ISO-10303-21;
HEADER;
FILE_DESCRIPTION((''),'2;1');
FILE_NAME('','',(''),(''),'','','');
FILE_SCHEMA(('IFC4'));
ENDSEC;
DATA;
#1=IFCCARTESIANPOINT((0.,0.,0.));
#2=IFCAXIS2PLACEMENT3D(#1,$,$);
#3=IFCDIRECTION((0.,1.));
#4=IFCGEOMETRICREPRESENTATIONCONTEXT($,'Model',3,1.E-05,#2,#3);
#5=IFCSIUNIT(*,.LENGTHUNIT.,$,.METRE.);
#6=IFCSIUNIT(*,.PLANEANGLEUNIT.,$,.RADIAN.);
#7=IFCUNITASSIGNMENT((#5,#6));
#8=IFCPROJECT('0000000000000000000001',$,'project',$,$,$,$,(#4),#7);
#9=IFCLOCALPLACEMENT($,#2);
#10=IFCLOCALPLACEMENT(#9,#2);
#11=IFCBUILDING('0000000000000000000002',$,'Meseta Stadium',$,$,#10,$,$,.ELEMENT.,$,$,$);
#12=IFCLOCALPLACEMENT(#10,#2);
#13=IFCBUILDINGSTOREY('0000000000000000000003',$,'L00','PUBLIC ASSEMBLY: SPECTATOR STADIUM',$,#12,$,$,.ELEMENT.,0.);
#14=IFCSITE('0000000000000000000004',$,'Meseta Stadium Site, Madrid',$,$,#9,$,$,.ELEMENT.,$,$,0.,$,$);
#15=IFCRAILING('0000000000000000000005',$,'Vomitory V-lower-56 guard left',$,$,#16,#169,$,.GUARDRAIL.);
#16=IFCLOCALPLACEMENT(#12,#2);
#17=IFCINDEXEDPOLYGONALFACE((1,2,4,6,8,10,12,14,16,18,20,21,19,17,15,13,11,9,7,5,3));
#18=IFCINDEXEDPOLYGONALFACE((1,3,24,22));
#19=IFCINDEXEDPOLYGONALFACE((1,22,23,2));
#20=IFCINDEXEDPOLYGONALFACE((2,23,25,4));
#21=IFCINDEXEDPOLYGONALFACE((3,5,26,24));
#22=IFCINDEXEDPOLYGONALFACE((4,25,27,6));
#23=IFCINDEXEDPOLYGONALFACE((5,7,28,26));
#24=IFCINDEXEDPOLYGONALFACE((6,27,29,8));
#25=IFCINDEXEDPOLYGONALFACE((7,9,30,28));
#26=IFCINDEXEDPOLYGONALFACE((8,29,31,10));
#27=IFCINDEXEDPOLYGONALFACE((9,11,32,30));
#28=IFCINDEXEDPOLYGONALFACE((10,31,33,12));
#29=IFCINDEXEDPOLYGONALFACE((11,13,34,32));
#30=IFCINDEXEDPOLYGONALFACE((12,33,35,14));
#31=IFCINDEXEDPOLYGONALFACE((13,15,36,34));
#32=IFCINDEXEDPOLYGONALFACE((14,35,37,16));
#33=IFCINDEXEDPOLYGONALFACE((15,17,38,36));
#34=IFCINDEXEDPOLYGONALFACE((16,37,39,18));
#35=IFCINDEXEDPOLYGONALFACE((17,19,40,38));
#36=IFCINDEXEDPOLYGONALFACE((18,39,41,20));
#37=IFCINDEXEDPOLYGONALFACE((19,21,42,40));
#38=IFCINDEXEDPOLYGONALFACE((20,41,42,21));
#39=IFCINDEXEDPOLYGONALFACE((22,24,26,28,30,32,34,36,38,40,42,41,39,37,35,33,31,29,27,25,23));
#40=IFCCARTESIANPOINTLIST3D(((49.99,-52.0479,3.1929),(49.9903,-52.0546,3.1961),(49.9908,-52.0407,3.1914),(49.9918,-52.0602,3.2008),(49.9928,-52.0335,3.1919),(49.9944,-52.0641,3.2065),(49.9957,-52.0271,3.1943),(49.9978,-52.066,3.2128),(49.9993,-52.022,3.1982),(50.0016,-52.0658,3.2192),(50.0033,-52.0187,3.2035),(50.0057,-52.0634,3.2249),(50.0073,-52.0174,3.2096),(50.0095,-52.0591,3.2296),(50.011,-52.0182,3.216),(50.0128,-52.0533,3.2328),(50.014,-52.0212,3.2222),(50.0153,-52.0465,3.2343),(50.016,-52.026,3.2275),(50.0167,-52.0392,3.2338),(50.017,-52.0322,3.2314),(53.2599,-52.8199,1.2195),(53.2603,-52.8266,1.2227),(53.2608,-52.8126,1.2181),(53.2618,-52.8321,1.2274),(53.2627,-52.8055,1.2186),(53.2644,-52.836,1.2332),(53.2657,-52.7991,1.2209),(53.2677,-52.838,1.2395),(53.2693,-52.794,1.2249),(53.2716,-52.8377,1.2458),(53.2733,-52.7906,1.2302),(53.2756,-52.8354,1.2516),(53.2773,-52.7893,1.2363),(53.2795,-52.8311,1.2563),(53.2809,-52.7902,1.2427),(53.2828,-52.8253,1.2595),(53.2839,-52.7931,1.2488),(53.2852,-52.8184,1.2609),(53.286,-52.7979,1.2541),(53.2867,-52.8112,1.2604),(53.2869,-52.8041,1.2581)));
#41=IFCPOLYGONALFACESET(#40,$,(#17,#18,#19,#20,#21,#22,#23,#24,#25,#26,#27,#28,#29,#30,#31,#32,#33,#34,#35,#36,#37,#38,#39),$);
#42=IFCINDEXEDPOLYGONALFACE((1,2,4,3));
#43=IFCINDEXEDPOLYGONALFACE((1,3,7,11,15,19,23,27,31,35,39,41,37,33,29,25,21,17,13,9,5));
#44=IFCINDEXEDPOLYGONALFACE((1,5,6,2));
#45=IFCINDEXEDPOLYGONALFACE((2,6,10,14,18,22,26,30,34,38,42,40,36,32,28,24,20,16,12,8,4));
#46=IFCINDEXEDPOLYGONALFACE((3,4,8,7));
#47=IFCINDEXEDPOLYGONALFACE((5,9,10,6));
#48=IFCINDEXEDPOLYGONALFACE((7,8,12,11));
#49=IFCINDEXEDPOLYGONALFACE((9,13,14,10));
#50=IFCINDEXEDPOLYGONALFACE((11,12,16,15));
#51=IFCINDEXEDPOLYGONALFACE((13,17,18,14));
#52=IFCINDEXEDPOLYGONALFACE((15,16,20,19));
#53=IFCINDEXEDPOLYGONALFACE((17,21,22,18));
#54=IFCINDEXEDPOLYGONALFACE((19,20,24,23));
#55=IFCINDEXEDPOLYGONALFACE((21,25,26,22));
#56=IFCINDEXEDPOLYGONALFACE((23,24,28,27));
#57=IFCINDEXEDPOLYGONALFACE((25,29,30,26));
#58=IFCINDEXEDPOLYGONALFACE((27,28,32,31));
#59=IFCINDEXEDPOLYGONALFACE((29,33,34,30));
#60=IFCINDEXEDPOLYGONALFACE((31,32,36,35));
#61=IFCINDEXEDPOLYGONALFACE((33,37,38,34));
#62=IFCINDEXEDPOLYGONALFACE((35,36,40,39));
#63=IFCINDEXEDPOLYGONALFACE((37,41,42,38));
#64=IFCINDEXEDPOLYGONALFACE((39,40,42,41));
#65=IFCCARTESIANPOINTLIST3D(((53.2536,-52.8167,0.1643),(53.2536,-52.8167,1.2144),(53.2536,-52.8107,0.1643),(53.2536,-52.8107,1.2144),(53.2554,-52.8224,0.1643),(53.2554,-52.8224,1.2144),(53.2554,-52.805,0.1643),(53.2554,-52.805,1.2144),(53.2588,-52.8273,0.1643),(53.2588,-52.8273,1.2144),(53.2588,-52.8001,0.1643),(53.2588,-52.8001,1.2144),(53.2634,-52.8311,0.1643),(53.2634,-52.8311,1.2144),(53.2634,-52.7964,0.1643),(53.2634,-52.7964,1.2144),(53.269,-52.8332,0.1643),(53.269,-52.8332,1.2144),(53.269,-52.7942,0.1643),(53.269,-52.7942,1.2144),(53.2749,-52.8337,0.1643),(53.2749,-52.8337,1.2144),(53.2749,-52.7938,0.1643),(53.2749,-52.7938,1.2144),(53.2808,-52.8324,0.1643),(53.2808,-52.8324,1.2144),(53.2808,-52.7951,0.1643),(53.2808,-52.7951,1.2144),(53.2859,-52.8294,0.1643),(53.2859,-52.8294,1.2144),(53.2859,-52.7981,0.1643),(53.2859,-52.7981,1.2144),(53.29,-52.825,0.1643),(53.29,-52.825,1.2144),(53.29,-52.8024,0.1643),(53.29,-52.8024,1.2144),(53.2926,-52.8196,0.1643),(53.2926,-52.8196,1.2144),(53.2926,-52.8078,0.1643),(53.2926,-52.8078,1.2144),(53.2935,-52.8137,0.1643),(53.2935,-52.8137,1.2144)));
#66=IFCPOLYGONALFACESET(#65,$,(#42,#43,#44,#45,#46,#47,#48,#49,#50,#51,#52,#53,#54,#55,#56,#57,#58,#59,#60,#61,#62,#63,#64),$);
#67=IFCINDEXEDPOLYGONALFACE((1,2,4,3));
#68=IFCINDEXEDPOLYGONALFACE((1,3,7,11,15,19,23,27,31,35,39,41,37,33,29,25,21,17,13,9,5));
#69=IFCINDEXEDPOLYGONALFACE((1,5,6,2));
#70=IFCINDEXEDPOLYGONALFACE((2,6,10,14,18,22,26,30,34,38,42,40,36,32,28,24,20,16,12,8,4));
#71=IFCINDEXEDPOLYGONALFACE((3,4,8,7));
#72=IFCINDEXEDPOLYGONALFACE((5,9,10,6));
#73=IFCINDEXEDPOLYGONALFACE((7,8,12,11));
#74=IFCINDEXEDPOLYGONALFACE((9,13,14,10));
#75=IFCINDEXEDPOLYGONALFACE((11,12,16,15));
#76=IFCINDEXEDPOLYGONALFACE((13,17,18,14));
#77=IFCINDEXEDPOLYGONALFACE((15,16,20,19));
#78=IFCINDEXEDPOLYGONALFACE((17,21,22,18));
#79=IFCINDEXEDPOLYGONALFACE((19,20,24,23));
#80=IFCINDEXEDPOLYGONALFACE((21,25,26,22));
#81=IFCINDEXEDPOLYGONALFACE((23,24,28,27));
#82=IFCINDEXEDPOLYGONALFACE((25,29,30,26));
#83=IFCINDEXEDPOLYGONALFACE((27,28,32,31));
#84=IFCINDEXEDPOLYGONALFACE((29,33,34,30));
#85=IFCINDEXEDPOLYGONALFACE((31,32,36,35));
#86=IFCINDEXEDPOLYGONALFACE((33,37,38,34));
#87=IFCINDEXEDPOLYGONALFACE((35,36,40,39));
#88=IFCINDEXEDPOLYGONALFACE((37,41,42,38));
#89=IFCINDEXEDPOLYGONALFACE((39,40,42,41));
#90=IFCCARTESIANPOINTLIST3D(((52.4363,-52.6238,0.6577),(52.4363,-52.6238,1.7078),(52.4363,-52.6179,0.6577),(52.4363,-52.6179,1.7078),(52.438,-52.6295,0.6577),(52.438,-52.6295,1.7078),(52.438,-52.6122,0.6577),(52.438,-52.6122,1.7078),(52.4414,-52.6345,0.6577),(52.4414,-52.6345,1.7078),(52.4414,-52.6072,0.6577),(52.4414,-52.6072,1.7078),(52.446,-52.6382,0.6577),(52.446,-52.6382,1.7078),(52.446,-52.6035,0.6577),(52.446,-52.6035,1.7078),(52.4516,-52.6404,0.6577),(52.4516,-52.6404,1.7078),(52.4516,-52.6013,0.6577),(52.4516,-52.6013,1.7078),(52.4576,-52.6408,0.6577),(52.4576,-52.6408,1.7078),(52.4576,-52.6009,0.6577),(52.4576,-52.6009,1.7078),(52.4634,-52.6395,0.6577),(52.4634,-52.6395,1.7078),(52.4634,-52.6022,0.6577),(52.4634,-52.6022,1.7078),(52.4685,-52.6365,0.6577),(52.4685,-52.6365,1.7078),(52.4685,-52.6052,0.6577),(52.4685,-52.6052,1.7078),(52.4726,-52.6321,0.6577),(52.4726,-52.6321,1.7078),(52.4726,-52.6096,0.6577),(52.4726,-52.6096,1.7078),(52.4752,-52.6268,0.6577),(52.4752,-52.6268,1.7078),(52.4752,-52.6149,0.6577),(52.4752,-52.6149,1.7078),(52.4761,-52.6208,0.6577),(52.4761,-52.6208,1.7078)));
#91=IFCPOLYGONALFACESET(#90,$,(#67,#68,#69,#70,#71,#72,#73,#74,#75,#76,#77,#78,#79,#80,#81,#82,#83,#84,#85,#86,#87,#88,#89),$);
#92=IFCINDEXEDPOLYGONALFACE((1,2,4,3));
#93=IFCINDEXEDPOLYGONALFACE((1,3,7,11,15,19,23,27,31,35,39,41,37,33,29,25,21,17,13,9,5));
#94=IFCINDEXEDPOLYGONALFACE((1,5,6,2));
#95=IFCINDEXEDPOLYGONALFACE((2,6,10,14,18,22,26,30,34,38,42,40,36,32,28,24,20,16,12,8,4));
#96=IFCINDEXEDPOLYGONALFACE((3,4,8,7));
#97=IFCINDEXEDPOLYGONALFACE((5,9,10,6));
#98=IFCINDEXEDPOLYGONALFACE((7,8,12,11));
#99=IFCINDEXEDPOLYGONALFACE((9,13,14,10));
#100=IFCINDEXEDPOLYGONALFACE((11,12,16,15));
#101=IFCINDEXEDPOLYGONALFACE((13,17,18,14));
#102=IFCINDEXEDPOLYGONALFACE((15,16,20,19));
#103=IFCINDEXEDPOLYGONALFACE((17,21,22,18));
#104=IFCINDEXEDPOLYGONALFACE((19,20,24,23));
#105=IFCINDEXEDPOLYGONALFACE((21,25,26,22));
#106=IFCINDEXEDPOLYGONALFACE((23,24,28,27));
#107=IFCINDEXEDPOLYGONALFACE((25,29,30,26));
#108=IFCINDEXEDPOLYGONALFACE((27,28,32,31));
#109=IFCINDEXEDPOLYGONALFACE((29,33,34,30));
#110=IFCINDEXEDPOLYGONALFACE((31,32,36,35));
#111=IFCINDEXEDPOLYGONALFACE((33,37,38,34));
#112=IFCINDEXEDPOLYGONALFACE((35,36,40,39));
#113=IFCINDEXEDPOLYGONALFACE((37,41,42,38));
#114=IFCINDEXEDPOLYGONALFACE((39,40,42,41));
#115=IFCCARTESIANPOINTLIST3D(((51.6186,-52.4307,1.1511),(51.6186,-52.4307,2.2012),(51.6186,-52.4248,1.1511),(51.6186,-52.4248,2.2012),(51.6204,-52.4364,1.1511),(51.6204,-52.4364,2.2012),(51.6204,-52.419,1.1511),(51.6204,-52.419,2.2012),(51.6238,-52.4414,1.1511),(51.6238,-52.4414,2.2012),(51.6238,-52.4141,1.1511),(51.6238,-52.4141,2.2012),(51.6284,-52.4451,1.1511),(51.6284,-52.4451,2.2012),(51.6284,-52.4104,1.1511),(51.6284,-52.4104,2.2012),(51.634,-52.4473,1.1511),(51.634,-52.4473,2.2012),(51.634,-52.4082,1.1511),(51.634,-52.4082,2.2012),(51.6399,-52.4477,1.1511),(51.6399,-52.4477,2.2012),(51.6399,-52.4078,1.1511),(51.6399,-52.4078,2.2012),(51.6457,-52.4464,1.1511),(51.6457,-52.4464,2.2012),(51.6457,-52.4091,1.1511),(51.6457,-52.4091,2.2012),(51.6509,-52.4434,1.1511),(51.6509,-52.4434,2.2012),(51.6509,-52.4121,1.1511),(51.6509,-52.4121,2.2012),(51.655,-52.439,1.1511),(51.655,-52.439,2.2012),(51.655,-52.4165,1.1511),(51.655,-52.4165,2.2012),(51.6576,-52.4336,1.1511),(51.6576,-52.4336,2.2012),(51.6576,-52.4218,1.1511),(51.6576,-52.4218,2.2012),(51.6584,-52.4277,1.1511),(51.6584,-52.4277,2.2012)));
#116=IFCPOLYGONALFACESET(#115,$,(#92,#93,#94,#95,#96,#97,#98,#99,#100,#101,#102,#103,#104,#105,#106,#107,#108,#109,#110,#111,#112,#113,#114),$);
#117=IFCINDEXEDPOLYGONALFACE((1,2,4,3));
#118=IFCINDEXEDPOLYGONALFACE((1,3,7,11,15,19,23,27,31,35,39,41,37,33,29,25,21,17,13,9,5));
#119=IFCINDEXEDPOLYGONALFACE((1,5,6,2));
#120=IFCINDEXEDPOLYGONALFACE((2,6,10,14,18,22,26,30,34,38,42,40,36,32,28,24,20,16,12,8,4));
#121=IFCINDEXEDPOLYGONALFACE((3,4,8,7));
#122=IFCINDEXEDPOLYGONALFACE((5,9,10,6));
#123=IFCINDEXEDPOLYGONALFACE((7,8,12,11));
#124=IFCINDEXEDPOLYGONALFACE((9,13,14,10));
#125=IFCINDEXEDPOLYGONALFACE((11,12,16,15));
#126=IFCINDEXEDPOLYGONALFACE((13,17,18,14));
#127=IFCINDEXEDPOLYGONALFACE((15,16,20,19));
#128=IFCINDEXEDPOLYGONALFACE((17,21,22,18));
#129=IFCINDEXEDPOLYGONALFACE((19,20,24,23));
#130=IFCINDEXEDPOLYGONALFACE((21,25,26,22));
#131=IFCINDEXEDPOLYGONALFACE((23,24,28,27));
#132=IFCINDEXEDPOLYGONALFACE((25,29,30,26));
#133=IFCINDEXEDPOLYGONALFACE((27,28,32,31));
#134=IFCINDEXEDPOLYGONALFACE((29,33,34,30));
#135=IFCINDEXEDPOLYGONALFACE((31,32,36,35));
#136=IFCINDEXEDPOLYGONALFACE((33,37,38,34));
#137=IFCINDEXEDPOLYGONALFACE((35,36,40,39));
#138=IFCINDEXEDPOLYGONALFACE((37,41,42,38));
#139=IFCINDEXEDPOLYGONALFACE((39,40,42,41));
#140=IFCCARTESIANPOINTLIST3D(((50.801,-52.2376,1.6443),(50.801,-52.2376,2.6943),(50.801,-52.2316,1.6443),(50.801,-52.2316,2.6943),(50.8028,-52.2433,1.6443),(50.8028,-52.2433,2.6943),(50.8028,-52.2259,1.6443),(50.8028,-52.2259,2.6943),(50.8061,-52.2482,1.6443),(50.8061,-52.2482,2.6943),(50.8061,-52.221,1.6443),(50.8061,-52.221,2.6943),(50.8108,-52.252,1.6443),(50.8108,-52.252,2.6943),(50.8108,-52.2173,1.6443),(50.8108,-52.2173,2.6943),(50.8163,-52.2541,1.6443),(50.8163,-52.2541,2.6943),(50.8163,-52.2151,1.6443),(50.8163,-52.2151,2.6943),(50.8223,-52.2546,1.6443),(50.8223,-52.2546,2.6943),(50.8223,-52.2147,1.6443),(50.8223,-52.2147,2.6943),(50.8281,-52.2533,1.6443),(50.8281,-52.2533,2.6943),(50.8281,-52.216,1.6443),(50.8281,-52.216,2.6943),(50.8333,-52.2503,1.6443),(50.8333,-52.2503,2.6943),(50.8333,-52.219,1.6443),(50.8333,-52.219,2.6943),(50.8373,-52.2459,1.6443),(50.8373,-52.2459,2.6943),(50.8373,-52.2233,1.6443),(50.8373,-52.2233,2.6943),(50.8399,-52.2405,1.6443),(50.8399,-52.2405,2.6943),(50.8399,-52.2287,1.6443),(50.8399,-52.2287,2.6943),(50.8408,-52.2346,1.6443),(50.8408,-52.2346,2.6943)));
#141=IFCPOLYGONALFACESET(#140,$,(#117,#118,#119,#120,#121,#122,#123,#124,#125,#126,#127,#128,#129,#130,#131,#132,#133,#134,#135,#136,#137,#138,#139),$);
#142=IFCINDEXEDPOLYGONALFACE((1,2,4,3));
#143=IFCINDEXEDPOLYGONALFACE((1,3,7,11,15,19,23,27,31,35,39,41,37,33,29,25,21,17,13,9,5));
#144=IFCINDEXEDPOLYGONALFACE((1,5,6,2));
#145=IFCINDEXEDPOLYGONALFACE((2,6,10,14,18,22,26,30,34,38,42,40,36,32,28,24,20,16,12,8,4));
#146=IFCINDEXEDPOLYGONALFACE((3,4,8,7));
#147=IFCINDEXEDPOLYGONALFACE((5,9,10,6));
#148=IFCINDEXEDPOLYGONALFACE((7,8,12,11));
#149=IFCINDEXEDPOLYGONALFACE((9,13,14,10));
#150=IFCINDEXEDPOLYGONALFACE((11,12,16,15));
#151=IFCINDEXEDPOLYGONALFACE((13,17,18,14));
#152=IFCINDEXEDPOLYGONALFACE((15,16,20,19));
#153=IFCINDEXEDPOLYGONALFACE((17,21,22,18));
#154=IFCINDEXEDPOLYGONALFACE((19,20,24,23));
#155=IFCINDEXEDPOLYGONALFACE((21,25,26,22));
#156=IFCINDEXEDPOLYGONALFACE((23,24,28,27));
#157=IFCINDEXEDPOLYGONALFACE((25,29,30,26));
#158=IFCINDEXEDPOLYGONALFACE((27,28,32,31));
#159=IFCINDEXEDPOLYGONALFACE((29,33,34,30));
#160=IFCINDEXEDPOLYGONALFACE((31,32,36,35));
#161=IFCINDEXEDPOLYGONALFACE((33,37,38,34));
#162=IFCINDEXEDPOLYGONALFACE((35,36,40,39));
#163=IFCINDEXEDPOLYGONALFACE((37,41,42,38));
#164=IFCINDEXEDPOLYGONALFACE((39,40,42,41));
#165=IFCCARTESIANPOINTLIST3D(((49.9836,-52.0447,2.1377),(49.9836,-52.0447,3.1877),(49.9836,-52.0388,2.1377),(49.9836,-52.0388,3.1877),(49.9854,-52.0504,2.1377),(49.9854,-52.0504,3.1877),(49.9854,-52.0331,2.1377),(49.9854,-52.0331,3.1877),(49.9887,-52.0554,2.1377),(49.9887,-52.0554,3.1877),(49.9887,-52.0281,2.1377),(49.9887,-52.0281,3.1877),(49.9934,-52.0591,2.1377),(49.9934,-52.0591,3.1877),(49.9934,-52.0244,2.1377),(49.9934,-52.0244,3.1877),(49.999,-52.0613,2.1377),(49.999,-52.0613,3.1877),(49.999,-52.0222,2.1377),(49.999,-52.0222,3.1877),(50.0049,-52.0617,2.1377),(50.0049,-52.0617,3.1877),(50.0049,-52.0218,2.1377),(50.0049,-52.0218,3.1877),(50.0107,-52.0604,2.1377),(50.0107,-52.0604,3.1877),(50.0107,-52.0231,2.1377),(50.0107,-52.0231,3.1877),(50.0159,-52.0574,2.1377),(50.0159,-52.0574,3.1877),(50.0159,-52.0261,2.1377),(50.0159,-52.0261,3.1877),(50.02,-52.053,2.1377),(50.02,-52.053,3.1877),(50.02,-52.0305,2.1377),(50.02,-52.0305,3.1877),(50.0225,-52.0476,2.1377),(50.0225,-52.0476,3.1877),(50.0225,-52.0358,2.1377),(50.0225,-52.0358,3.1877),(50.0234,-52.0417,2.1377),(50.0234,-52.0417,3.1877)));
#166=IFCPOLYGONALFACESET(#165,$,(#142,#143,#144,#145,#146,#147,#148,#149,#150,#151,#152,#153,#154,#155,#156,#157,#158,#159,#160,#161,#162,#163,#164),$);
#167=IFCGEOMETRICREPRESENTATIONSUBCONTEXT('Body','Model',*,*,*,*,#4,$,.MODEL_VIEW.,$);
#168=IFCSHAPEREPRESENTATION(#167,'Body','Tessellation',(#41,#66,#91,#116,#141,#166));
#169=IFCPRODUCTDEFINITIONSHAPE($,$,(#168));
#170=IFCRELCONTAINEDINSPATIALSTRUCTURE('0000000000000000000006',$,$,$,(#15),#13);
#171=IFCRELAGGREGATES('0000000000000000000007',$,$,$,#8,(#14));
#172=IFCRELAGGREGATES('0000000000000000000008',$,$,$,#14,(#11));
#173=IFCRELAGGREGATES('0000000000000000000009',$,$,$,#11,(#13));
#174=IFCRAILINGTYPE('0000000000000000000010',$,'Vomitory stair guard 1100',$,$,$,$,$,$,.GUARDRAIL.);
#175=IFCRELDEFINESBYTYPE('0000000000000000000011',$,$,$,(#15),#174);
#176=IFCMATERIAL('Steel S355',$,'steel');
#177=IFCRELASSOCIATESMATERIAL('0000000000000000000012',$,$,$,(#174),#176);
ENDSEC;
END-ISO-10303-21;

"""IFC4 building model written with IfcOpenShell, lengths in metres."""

from ifc_helpers import new_model, si_unit, direction, frame, origin, origin_2d, place, context, subcontext, project, spatial, circle, extrude, material, type_object, element, save


model = new_model("IFC4")

# Units and contexts
model_context = context("Model", 3, precision=1e-05, world=origin(), true_north=direction((0.0, 1.0)))
body_context = subcontext(model_context, "Body", "Model", "MODEL_VIEW")
ifc_project = project(units=[si_unit("LENGTHUNIT", "METRE"), si_unit("PLANEANGLEUNIT", "RADIAN")], contexts=[model_context])

# Site, building, storey
site_placement = place(None, origin())
site = spatial("IfcSite", under=ifc_project, at=site_placement, Name="Meseta Stadium Site, Madrid", CompositionType="ELEMENT", RefElevation=0.0)
building_placement = place(site_placement, origin())
building = spatial("IfcBuilding", under=site, at=building_placement, Name="Meseta Stadium", CompositionType="ELEMENT")
storey_placement = place(building_placement, origin())
storey = spatial("IfcBuildingStorey", under=building, at=storey_placement, Name="L00", Description="PUBLIC ASSEMBLY: SPECTATOR STADIUM", CompositionType="ELEMENT", Elevation=0.0)

# Railing
ifc_material_1 = material(Name="Steel S355", Category="steel")
railing_type_1 = type_object("IfcRailingType", Name="Vomitory stair guard 1100", PredefinedType="GUARDRAIL", material=ifc_material_1)
railing_1_placement = place(storey_placement, frame((53.2734, -52.8137, 0.1643)))
element("IfcRailing", 1, at=railing_1_placement, inside=storey, type_object=railing_type_1, Name="Vomitory V-lower-56 guard left", PredefinedType="GUARDRAIL", context=body_context, shape_type="SweptSolid", body=[
    extrude(circle(Radius=0.0249, at=origin_2d()), frame((0.0, 0.0, 1.0752), z_axis=(-0.839205, 0.198116, 0.506443), x_axis=(-0.22976, -0.973247, 0.0)), (0.0, 0.0, 1.0), 3.8965),
    extrude(circle(Radius=0.02, at=origin_2d()), origin(), (0.0, 0.0, 1.0), 1.05),
    extrude(circle(Radius=0.02, at=origin_2d()), frame((-0.8174, 0.1929, 0.4934)), (0.0, 0.0, 1.0), 1.05),
    extrude(circle(Radius=0.02, at=origin_2d()), frame((-1.635, 0.386, 0.9868)), (0.0, 0.0, 1.0), 1.05),
    extrude(circle(Radius=0.02, at=origin_2d()), frame((-2.4526, 0.5791, 1.48)), (0.0, 0.0, 1.0), 1.05),
    extrude(circle(Radius=0.02, at=origin_2d()), frame((-3.27, 0.772, 1.9734)), (0.0, 0.0, 1.0), 1.05),
])

save(model, "model.ifc")
